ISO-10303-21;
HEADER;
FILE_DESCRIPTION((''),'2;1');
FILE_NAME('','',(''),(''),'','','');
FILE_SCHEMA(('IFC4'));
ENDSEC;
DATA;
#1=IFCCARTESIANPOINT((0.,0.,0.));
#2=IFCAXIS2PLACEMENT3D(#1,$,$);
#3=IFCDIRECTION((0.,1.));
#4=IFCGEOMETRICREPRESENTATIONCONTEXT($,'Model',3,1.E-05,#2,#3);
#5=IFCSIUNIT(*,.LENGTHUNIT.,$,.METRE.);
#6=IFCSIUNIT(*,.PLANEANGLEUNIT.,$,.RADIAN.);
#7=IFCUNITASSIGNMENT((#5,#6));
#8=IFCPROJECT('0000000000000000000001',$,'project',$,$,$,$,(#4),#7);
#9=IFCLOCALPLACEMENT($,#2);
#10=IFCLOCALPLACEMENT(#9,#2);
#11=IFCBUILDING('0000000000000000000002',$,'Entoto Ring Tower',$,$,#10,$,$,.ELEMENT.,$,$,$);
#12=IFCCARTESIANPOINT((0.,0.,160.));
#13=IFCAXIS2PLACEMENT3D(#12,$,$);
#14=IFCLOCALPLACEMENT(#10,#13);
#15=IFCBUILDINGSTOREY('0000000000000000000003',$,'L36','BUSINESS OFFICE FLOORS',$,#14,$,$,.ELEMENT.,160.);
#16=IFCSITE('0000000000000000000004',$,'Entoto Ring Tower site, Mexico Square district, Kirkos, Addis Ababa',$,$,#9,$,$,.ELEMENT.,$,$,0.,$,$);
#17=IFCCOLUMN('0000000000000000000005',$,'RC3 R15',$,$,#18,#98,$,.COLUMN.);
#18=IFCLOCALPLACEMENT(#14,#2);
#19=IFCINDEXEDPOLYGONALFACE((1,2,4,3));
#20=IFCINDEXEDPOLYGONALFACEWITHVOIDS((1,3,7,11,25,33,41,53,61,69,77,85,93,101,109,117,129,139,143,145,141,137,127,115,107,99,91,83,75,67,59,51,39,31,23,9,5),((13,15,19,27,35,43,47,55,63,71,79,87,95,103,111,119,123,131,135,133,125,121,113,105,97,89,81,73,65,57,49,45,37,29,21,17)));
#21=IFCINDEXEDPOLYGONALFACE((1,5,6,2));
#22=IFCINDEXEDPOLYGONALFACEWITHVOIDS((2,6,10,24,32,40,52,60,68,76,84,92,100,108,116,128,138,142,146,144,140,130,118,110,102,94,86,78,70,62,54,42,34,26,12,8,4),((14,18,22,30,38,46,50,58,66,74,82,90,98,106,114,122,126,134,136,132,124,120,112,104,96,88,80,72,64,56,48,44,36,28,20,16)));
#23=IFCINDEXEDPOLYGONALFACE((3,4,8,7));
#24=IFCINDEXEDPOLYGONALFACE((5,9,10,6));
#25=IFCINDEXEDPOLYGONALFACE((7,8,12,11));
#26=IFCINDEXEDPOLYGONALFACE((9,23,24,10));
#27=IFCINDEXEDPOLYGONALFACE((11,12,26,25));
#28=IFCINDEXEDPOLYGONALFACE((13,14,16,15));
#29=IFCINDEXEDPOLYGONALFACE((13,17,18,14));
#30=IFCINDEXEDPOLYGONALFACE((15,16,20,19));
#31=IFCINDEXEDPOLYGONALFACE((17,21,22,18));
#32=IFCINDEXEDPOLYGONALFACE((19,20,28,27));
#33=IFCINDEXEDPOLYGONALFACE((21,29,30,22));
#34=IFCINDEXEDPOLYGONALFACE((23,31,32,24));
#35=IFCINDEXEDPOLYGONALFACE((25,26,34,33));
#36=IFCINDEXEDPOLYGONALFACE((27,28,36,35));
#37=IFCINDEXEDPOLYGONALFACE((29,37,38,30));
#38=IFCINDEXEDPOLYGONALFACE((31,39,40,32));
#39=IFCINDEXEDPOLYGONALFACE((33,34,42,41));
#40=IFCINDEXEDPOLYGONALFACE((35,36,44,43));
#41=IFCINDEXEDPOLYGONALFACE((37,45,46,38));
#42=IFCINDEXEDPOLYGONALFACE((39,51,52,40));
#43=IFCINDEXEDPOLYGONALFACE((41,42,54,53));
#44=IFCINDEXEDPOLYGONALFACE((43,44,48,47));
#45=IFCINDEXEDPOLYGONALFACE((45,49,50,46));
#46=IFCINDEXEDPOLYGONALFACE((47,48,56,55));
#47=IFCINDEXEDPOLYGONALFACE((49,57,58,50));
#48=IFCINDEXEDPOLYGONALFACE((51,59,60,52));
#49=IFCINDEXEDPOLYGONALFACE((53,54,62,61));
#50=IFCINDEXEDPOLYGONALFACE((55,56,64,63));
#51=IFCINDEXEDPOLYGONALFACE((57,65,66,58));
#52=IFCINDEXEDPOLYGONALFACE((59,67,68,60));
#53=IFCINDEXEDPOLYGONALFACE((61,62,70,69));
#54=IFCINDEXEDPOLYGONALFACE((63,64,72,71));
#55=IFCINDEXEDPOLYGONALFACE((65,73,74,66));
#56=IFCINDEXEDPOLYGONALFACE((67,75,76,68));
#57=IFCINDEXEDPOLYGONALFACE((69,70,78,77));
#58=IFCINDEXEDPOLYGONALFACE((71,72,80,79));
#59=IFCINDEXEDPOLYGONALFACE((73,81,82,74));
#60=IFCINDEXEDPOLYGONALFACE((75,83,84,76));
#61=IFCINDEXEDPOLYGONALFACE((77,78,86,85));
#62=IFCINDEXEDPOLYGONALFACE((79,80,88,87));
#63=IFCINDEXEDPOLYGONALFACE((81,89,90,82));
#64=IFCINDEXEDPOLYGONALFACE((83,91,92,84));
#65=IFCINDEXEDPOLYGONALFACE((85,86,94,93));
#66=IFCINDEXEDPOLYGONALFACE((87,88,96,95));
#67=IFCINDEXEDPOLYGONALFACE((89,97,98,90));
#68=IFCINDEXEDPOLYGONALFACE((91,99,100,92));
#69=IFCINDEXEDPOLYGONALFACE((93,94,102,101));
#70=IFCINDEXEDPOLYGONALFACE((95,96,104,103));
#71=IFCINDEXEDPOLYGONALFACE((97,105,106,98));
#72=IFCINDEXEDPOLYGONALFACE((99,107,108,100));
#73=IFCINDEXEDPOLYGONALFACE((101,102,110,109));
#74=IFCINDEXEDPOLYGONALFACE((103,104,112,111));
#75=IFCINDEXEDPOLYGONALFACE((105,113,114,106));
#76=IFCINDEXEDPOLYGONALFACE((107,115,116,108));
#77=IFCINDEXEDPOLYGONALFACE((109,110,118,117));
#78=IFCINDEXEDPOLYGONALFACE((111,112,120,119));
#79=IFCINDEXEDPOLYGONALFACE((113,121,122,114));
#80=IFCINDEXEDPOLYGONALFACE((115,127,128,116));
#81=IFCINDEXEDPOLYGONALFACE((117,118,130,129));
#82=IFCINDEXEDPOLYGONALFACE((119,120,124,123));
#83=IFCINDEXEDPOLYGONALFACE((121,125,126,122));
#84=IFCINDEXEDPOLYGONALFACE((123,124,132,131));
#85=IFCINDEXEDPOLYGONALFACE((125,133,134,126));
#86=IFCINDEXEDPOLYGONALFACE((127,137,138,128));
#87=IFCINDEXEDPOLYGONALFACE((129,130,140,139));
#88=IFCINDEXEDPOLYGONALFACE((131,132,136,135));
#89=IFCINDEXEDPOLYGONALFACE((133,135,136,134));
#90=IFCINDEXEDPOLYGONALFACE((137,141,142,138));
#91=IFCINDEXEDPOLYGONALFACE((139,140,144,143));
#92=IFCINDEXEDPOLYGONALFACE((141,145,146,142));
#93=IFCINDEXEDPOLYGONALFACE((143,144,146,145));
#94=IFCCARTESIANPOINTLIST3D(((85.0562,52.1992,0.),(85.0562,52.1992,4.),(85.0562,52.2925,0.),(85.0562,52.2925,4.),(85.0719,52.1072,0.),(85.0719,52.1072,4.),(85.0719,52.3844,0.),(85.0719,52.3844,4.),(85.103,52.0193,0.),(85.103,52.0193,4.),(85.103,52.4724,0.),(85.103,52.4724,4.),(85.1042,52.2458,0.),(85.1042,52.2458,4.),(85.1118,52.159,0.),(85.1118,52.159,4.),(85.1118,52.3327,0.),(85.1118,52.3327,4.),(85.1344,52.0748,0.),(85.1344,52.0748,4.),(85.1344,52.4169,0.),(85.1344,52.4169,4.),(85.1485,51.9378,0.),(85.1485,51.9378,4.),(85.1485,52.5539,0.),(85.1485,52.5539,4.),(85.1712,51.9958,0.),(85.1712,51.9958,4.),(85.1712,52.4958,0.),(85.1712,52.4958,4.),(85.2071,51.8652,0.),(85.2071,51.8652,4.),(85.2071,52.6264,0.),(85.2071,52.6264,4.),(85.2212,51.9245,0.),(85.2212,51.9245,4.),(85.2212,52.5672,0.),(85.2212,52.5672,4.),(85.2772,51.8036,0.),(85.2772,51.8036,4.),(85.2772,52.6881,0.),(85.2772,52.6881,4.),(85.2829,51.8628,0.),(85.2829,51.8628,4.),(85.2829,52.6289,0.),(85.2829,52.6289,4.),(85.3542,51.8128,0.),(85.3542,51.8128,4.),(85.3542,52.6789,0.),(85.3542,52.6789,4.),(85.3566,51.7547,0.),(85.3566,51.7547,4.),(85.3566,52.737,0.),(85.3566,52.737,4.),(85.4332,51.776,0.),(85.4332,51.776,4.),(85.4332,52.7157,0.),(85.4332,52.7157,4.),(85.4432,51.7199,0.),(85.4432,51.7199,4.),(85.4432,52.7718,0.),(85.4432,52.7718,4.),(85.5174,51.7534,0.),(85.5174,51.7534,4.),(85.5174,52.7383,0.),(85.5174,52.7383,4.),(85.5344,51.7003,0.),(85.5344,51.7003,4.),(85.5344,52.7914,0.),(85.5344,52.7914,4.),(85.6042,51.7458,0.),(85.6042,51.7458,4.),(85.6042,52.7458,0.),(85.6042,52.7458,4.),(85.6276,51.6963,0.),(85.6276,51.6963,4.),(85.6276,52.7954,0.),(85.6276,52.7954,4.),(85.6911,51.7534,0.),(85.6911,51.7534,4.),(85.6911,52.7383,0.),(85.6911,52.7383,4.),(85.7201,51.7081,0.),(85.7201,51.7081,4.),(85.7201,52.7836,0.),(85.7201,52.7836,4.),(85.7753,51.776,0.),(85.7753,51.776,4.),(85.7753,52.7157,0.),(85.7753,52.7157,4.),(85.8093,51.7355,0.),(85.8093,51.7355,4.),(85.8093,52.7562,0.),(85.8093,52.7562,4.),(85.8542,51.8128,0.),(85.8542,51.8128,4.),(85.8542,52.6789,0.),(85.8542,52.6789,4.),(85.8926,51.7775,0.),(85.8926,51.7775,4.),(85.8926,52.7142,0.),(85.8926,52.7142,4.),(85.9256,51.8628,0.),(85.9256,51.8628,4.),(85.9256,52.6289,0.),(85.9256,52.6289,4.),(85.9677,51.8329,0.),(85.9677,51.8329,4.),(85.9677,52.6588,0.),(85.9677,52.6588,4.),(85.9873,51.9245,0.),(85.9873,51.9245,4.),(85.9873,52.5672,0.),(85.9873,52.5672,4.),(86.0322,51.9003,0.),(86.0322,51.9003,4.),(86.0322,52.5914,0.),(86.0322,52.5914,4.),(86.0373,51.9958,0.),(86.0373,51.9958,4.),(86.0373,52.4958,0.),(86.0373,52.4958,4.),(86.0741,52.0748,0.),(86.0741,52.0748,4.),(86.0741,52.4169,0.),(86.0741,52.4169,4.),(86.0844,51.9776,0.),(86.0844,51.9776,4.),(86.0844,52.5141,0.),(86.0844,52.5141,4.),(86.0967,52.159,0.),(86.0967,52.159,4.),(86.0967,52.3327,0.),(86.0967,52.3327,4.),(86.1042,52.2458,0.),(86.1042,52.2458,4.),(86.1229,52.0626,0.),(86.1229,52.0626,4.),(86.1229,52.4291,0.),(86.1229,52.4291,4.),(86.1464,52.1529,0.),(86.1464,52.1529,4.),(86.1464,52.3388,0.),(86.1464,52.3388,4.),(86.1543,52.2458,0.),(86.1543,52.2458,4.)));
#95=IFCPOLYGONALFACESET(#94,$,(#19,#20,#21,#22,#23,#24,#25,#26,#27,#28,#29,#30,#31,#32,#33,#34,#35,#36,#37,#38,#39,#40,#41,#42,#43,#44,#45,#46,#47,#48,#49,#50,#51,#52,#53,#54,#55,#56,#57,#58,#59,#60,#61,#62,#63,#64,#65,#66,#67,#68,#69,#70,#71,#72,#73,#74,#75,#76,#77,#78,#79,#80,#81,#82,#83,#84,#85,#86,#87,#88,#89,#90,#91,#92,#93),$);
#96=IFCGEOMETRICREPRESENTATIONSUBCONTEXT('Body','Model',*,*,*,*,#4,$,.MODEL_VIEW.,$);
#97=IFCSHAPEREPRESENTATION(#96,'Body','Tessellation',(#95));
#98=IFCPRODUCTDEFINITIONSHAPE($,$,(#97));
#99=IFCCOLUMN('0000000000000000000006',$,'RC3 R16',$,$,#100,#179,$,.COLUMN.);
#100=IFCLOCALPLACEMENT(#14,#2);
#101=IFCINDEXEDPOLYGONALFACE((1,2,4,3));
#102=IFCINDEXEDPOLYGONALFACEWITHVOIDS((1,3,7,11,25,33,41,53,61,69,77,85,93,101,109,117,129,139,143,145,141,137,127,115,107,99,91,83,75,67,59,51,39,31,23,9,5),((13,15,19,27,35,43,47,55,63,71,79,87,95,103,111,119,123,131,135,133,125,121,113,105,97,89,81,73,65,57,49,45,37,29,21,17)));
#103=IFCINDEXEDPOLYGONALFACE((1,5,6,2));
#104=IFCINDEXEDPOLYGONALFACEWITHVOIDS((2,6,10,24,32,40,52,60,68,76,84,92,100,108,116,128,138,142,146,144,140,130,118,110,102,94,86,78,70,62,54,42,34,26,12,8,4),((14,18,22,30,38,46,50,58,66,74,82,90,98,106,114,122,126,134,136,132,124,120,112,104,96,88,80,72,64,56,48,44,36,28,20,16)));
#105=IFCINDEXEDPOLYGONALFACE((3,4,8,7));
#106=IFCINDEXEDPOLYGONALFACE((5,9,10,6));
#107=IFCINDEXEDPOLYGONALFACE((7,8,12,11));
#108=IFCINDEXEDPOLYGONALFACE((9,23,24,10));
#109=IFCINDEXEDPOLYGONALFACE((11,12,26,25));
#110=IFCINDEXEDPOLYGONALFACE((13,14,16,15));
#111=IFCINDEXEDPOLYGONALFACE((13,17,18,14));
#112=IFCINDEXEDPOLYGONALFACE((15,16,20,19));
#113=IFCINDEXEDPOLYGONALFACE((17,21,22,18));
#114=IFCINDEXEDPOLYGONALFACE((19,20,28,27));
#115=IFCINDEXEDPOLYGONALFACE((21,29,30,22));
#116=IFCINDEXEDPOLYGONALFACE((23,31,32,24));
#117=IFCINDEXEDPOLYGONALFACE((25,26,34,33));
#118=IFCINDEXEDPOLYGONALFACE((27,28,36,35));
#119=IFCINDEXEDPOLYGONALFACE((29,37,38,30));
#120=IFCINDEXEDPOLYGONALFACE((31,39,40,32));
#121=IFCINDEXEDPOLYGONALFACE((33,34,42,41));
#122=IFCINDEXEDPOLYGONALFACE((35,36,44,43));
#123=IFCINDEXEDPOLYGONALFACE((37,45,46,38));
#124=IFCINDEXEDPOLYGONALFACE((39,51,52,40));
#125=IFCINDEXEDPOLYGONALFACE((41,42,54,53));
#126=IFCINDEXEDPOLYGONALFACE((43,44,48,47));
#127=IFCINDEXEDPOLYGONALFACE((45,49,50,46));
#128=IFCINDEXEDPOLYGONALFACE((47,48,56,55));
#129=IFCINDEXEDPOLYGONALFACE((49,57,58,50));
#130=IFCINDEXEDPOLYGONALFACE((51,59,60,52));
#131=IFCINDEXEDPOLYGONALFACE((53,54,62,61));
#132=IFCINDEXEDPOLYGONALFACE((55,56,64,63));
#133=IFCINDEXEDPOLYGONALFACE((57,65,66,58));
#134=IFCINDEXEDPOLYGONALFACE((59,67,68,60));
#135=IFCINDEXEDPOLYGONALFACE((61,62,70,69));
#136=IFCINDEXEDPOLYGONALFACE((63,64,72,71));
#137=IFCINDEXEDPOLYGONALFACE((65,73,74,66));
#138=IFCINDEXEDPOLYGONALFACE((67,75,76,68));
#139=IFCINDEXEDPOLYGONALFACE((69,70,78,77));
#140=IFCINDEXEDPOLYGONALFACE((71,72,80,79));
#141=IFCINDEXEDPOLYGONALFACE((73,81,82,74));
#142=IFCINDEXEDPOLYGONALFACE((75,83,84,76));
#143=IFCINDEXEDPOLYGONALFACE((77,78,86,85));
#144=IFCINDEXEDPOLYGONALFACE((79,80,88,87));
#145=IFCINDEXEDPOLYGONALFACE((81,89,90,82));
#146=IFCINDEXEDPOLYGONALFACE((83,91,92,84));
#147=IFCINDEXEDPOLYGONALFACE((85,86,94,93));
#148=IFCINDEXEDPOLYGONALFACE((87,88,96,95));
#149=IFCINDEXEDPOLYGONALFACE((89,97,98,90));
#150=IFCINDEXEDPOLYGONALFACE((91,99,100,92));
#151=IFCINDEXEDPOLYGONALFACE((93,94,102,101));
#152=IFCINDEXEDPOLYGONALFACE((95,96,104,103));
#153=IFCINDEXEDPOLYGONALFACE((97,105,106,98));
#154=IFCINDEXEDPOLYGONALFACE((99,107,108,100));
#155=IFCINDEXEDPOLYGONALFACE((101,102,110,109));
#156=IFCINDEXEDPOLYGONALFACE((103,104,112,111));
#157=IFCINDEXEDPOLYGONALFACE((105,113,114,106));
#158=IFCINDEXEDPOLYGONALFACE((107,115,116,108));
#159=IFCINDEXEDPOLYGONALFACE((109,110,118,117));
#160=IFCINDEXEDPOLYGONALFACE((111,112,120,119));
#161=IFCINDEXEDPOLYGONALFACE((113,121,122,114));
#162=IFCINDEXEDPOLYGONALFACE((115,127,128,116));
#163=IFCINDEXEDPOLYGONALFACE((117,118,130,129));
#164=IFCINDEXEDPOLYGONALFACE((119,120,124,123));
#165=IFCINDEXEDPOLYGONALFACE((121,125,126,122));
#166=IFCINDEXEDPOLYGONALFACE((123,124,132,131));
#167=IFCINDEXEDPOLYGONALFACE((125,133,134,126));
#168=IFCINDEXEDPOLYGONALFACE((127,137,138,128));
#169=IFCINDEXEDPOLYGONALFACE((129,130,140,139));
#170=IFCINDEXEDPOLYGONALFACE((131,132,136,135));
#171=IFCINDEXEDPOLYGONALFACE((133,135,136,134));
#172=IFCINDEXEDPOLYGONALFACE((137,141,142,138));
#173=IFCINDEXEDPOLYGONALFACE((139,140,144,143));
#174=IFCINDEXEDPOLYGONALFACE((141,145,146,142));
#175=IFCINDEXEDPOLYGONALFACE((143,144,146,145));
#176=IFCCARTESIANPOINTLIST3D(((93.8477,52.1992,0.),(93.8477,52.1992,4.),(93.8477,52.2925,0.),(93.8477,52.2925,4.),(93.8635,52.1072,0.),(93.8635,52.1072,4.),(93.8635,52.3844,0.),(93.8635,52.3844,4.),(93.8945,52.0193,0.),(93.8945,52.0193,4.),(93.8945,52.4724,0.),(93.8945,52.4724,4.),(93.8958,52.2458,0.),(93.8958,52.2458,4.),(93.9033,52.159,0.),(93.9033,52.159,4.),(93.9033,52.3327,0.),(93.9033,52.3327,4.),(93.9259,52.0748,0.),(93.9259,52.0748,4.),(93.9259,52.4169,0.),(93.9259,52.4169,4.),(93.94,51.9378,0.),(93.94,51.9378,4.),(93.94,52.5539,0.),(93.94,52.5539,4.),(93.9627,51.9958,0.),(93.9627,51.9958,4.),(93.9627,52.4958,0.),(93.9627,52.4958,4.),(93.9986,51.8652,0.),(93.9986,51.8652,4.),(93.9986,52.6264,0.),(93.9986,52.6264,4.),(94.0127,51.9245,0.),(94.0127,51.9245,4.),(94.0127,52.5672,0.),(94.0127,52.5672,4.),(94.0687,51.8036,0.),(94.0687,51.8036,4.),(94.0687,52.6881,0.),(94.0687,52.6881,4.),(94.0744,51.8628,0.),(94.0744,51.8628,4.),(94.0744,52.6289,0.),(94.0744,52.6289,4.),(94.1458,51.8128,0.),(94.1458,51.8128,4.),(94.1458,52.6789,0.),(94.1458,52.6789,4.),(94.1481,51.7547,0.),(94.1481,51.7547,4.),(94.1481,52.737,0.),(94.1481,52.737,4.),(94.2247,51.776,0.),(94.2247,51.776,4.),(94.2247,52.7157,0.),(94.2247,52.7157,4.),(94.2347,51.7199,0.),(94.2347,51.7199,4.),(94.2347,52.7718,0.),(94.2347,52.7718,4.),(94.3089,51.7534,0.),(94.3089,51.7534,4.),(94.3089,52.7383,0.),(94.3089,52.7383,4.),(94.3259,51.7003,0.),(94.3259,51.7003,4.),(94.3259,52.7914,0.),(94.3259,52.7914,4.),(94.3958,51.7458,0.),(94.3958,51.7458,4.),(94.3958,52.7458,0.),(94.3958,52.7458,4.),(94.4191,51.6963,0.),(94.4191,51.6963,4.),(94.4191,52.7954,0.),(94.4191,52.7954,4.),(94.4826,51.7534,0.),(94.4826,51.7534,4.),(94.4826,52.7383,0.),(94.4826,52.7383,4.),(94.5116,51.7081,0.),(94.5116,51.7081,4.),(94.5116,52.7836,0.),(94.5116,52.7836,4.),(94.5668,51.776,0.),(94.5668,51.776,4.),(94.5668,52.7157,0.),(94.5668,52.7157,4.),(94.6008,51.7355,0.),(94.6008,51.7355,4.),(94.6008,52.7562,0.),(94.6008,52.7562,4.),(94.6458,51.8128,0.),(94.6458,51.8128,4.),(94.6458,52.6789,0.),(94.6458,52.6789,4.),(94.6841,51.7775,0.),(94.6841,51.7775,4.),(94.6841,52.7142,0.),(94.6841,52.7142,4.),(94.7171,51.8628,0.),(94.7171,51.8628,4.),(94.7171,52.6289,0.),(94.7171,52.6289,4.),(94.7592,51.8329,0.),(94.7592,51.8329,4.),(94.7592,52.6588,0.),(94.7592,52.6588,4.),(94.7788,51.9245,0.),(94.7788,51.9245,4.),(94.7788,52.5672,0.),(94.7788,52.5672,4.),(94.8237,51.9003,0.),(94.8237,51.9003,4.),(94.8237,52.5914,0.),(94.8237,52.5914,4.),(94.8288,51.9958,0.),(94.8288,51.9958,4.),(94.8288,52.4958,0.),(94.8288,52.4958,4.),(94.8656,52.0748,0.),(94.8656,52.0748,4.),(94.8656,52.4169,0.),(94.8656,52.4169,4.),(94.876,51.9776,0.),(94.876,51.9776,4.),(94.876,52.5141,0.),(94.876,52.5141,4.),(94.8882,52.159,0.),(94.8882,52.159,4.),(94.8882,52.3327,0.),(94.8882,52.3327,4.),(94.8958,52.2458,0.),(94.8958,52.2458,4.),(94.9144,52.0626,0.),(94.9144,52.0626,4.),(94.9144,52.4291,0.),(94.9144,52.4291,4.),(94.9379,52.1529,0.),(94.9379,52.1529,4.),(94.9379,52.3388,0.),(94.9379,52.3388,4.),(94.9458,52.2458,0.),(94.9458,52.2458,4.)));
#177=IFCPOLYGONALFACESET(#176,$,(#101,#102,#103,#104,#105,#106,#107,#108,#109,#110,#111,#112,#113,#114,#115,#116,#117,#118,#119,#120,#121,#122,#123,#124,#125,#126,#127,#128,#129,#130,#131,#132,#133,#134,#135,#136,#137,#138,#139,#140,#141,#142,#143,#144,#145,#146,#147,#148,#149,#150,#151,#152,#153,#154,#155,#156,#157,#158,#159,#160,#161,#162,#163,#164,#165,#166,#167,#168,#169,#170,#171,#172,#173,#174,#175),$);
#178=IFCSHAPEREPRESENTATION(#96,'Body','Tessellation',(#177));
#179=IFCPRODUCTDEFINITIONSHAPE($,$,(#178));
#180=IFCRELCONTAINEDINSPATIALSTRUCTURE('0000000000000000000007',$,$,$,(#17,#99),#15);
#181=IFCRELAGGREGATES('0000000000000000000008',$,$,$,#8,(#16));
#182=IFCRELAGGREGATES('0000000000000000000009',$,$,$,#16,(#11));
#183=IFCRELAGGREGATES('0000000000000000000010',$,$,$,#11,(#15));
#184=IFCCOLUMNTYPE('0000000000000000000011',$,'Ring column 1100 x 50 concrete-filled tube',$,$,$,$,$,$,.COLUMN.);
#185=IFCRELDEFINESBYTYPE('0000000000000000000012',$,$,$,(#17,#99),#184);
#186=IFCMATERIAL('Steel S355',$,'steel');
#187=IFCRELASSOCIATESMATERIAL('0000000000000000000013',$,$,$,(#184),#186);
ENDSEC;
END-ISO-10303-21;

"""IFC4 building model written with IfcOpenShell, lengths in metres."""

from ifc_helpers import new_model, si_unit, direction, frame, origin, origin_2d, place, context, subcontext, project, spatial, circle, hollow_circle, extrude, material, material_profile, profile_set, type_object, element, save


model = new_model("IFC4")

# Units and contexts
model_context = context("Model", 3, precision=1e-05, world=origin(), true_north=direction((0.0, 1.0)))
body_context = subcontext(model_context, "Body", "Model", "MODEL_VIEW")
ifc_project = project(units=[si_unit("LENGTHUNIT", "METRE"), si_unit("PLANEANGLEUNIT", "RADIAN")], contexts=[model_context])

# Site, building, storey
site_placement = place(None, origin())
site = spatial("IfcSite", under=ifc_project, at=site_placement, Name="Entoto Ring Tower site, Mexico Square district, Kirkos, Addis Ababa", CompositionType="ELEMENT", RefElevation=0.0)
building_placement = place(site_placement, origin())
building = spatial("IfcBuilding", under=site, at=building_placement, Name="Entoto Ring Tower", CompositionType="ELEMENT")
storey_placement = place(building_placement, frame((0.0, 0.0, 160.0)))
storey = spatial("IfcBuildingStorey", under=building, at=storey_placement, Name="L36", Description="BUSINESS OFFICE FLOORS", CompositionType="ELEMENT", Elevation=160.0)

# Columns
ifc_material_1 = material(Name="Steel S355", Category="steel")
ifc_material_profile_1 = material_profile(ifc_material_1, hollow_circle(Radius=0.55, WallThickness=0.05, at=origin_2d()), Name="CHS 1100 x 50")
ifc_material_2 = material(Name="Concrete C60/75", Category="concrete")
ifc_material_profile_2 = material_profile(ifc_material_2, circle(Radius=0.5, at=origin_2d()), Name="Concrete C60/75 infill")
ifc_profile_set_1 = profile_set([ifc_material_profile_1, ifc_material_profile_2], Name="Steel S355")
column_type = type_object("IfcColumnType", Name="Ring column 1100 x 50 concrete-filled tube", PredefinedType="COLUMN", material=ifc_profile_set_1)
for number, where, z_axis, x_axis, name in (
    (1, (85.6042, 52.2458, 0.0), (0.0, 0.0, 1.0), (1.0, 0.0, 0.0), "RC3 R15"),
    (2, (94.3958, 52.2458, 0.0), (0.0, 0.0, 1.0), (1.0, 0.0, 0.0), "RC3 R16"),
):
    element("IfcColumn", number, at=place(storey_placement, frame(where, z_axis=z_axis, x_axis=x_axis)), inside=storey, type_object=column_type, Name=name, PredefinedType="COLUMN", context=body_context, shape_type="SweptSolid", body=[
        extrude(hollow_circle(Radius=0.55, WallThickness=0.05, at=origin_2d()), origin(), (0.0, 0.0, 1.0), 4.0),
    ])

save(model, "model.ifc")
